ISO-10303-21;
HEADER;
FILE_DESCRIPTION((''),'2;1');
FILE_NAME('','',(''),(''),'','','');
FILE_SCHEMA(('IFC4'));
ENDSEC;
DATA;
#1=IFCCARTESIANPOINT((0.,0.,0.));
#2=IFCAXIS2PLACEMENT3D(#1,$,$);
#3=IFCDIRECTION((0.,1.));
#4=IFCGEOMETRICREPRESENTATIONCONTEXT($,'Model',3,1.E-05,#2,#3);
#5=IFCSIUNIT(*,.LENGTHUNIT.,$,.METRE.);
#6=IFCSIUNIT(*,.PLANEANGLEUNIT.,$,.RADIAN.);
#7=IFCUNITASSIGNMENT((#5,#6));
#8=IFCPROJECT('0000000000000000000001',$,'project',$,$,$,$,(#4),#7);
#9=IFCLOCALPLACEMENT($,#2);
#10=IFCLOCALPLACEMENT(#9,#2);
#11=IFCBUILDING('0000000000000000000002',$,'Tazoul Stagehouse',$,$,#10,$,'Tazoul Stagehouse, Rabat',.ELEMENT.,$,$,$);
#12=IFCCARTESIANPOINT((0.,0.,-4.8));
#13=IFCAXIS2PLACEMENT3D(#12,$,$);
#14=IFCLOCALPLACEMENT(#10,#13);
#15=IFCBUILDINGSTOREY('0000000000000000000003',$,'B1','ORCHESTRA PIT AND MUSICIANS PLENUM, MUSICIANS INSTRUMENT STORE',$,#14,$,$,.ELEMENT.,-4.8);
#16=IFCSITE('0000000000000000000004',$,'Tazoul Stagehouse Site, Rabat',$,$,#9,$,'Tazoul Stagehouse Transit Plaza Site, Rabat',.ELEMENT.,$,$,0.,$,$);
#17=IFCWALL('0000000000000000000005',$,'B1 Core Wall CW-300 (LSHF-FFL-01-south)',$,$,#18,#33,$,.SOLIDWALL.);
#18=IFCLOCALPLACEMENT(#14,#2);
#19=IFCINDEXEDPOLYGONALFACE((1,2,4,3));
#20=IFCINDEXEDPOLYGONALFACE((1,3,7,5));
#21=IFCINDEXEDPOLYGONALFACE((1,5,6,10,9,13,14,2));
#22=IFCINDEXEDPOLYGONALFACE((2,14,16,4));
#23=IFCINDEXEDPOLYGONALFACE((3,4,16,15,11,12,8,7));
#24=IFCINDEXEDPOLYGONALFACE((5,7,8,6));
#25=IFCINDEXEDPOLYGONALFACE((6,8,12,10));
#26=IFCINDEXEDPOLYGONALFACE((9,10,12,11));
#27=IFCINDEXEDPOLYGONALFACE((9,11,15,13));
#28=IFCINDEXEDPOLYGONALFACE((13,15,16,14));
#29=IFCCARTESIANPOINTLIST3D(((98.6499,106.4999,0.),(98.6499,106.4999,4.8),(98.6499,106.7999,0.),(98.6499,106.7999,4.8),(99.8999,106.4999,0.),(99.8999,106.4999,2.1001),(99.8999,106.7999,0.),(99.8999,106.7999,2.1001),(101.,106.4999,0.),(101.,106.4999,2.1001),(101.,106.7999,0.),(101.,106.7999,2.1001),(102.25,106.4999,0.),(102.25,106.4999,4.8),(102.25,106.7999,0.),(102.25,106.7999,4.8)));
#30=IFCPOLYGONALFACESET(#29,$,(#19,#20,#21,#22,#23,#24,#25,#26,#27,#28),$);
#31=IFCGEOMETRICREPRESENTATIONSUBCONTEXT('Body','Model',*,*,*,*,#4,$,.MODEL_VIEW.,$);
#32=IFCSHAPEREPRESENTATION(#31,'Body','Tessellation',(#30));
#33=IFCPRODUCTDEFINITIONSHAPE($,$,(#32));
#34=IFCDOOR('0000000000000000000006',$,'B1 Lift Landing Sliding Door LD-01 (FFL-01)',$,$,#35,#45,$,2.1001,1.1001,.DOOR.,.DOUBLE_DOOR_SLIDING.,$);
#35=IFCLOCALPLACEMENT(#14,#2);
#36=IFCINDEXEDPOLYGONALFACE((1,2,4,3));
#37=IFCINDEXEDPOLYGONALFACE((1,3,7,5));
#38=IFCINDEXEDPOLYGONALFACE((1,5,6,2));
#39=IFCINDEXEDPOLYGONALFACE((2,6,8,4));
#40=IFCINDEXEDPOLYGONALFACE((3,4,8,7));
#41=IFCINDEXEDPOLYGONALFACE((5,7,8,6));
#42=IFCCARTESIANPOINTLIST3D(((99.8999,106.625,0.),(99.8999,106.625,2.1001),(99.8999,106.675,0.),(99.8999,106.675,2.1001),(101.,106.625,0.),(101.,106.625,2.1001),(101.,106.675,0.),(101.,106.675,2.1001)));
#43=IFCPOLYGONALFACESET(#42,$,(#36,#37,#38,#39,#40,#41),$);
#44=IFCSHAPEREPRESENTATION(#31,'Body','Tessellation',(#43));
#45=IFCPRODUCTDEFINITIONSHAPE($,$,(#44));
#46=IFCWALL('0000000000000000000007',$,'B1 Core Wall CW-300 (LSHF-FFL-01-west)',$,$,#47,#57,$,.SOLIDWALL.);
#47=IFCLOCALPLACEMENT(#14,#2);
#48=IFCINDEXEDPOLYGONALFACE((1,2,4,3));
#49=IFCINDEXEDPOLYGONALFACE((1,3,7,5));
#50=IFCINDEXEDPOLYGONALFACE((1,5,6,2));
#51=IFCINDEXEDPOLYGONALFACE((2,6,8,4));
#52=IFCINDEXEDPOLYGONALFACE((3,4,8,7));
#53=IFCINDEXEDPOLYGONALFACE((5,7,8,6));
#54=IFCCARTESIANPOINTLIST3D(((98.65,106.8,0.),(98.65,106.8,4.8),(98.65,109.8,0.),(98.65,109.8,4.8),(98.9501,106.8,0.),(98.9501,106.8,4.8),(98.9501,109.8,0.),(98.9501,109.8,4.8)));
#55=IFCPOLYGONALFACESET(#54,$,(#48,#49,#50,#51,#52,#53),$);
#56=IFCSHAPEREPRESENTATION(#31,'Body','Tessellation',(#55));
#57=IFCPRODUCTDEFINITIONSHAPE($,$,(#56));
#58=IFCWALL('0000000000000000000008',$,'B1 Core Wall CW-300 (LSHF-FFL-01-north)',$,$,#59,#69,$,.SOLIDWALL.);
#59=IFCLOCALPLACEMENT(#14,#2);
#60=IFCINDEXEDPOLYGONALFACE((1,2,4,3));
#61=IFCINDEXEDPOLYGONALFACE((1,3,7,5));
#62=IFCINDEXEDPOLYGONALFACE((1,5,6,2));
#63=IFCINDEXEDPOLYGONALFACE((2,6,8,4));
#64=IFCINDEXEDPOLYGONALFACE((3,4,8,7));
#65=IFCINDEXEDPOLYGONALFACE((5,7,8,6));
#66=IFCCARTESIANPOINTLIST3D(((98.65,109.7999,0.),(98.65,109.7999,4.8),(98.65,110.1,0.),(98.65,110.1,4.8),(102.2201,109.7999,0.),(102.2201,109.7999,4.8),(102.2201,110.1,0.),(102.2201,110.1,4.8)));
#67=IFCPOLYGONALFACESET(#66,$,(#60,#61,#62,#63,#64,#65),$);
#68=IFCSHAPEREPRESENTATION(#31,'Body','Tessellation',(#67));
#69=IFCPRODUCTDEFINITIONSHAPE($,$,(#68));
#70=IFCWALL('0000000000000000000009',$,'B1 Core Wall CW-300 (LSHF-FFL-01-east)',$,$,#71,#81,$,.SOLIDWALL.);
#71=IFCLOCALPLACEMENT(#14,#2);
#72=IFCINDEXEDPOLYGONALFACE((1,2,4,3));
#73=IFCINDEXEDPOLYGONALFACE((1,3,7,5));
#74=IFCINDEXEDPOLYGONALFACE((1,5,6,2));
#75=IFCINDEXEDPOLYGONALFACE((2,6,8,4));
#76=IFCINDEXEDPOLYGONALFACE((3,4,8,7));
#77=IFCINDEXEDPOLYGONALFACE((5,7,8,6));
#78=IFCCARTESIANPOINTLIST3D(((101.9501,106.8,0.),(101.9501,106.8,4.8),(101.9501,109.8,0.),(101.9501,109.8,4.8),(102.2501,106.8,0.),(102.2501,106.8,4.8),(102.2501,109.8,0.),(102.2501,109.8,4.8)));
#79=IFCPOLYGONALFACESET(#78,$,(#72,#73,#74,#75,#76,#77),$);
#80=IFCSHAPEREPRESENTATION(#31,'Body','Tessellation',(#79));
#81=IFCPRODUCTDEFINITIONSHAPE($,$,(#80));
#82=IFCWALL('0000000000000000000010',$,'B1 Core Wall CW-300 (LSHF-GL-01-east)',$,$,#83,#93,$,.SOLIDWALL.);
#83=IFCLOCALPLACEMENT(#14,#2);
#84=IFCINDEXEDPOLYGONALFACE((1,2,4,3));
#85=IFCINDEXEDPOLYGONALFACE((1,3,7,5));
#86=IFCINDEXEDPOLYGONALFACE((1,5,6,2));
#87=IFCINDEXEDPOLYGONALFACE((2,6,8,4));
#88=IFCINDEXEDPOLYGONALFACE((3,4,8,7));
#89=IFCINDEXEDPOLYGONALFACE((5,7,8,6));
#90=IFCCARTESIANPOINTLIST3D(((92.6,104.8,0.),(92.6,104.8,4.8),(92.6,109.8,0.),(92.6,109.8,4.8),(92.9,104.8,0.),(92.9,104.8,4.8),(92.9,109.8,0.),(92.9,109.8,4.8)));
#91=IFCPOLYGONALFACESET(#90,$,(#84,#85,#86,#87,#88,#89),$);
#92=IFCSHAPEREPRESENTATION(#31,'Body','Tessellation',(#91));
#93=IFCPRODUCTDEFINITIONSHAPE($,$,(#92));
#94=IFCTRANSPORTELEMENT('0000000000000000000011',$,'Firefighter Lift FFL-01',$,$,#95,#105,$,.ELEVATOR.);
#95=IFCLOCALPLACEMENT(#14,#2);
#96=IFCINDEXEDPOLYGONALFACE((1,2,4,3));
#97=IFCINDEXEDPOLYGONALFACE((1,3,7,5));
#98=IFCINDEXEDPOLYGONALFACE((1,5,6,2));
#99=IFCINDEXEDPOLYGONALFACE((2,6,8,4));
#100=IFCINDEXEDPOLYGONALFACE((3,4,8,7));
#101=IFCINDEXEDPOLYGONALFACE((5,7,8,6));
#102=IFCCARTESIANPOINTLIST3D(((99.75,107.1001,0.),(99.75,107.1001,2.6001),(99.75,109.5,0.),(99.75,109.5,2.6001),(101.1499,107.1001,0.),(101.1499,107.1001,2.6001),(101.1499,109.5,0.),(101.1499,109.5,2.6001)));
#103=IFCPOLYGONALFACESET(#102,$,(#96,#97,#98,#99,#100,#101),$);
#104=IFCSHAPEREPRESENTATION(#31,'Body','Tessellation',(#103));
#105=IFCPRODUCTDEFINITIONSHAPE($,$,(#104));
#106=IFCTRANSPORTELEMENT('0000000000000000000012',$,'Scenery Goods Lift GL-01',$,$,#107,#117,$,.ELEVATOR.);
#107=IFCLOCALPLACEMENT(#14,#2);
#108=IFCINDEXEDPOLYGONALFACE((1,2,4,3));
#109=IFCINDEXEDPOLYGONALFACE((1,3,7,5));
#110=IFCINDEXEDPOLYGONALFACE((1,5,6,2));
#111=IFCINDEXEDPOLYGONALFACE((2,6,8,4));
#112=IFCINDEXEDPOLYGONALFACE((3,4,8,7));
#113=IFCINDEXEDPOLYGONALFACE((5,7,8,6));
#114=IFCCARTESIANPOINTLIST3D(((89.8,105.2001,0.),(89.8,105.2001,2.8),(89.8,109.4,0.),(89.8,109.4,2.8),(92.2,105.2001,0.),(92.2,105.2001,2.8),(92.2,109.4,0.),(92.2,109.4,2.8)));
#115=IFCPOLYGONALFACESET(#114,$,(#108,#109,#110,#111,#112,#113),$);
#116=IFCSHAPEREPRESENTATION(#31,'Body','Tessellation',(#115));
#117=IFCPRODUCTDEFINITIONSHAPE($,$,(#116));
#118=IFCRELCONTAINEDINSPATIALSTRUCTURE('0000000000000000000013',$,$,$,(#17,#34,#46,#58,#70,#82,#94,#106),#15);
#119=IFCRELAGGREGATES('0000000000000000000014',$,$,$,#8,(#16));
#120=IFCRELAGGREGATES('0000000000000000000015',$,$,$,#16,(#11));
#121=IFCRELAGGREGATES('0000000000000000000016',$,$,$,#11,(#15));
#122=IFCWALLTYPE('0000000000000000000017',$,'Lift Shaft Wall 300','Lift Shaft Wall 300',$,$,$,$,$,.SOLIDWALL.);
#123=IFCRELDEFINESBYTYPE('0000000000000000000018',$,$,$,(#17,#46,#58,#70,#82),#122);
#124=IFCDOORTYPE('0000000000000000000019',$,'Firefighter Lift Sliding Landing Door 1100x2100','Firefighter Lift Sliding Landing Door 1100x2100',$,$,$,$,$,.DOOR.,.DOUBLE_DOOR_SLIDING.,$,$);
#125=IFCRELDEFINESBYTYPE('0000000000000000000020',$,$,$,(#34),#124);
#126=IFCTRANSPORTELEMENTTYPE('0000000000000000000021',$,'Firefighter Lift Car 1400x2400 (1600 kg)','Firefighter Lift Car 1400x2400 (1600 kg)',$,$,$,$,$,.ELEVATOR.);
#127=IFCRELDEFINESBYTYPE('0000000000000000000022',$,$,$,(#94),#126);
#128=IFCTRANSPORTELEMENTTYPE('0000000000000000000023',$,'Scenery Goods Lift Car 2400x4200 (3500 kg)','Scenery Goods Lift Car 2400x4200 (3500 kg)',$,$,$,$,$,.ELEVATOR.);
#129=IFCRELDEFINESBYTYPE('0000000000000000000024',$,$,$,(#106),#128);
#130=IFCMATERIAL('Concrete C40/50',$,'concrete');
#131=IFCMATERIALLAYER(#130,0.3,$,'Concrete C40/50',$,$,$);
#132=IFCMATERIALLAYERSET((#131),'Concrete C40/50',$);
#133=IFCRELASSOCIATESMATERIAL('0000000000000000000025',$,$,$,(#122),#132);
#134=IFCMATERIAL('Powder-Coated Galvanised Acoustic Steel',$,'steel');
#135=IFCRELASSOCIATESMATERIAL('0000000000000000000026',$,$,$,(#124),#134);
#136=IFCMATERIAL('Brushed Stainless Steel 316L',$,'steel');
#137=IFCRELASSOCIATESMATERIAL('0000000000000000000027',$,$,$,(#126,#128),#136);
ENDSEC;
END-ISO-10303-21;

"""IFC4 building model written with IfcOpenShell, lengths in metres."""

from ifc_helpers import new_model, si_unit, direction, frame, frame_2d, origin, origin_2d, place, context, subcontext, project, spatial, rectangle, extrude, material, layer, layer_set, type_object, element, fill, save


model = new_model("IFC4")

# Units and contexts
model_context = context("Model", 3, precision=1e-05, world=origin(), true_north=direction((0.0, 1.0)))
body_context = subcontext(model_context, "Body", "Model", "MODEL_VIEW")
ifc_project = project(units=[si_unit("LENGTHUNIT", "METRE"), si_unit("PLANEANGLEUNIT", "RADIAN")], contexts=[model_context])

# Site, building, storey
site_placement = place(None, origin())
site = spatial("IfcSite", under=ifc_project, at=site_placement, Name="Tazoul Stagehouse Site, Rabat", LongName="Tazoul Stagehouse Transit Plaza Site, Rabat", CompositionType="ELEMENT", RefElevation=0.0)
building_placement = place(site_placement, origin())
building = spatial("IfcBuilding", under=site, at=building_placement, Name="Tazoul Stagehouse", LongName="Tazoul Stagehouse, Rabat", CompositionType="ELEMENT")
storey_placement = place(building_placement, frame((0.0, 0.0, -4.8)))
storey = spatial("IfcBuildingStorey", under=building, at=storey_placement, Name="B1", Description="ORCHESTRA PIT AND MUSICIANS PLENUM, MUSICIANS INSTRUMENT STORE", CompositionType="ELEMENT", Elevation=-4.8)

# Shared definitions
ifc_material_1 = material(Name="Concrete C40/50", Category="concrete")

# Wall, opening, door
ifc_layer_1 = layer(ifc_material_1, 0.3, Name="Concrete C40/50")
ifc_layer_set_1 = layer_set([ifc_layer_1], Name="Concrete C40/50")
wall_type_1 = type_object("IfcWallType", Name="Lift Shaft Wall 300", Description="Lift Shaft Wall 300", PredefinedType="SOLIDWALL", material=ifc_layer_set_1)
wall_1_placement = place(storey_placement, frame((102.25, 106.6499, 0.0), z_axis=(0.0, 0.0, 1.0), x_axis=(-1.0, 0.0, 0.0)))
wall_1 = element("IfcWall", 1, at=wall_1_placement, inside=storey, type_object=wall_type_1, Name="B1 Core Wall CW-300 (LSHF-FFL-01-south)", PredefinedType="SOLIDWALL", context=body_context, shape_type="SweptSolid", body=[
    extrude(rectangle(XDim=3.6001, YDim=0.3, at=frame_2d((1.8, 0.0))), origin(), (0.0, 0.0, 1.0), 4.8),
])
opening_1_placement = place(wall_1_placement, frame((1.25, 0.0, 0.0)))
opening_1 = element("IfcOpeningElement", 2, at=opening_1_placement, cuts=wall_1, PredefinedType="OPENING", context=body_context, shape_type="SweptSolid", body=[
    extrude(rectangle(XDim=1.1001, YDim=2.1001, at=frame_2d((0.55, 1.05))), frame((0.0, 0.1699, 0.0), z_axis=(0.0, -1.0, 0.0), x_axis=(1.0, 0.0, 0.0)), (0.0, 0.0, 1.0), 0.3401),
])
ifc_material_2 = material(Name="Powder-Coated Galvanised Acoustic Steel", Category="steel")
door_type_1 = type_object("IfcDoorType", Name="Firefighter Lift Sliding Landing Door 1100x2100", Description="Firefighter Lift Sliding Landing Door 1100x2100", OperationType="DOUBLE_DOOR_SLIDING", PredefinedType="DOOR", material=ifc_material_2)
door_1_placement = place(opening_1_placement, origin())
door_1 = element("IfcDoor", 3, at=door_1_placement, inside=storey, type_object=door_type_1, Name="B1 Lift Landing Sliding Door LD-01 (FFL-01)", OperationType="DOUBLE_DOOR_SLIDING", OverallHeight=2.1001, OverallWidth=1.1001, PredefinedType="DOOR", context=body_context, shape_type="SweptSolid", body=[
    extrude(rectangle(XDim=1.1001, YDim=2.1001, at=frame_2d((0.55, 1.05))), frame((0.0, 0.0249, 0.0), z_axis=(0.0, -1.0, 0.0), x_axis=(1.0, 0.0, 0.0)), (0.0, 0.0, 1.0), 0.05),
])
fill(opening_1, door_1)

# Walls
wall_2_placement = place(storey_placement, frame((98.8, 106.8, 0.0), z_axis=(0.0, 0.0, 1.0), x_axis=(0.0, 1.0, 0.0)))
element("IfcWall", 4, at=wall_2_placement, inside=storey, type_object=wall_type_1, Name="B1 Core Wall CW-300 (LSHF-FFL-01-west)", PredefinedType="SOLIDWALL", context=body_context, shape_type="SweptSolid", body=[
    extrude(rectangle(XDim=3.0, YDim=0.3, at=frame_2d((1.5, 0.0))), origin(), (0.0, 0.0, 1.0), 4.8),
])
wall_3_placement = place(storey_placement, frame((98.6499, 109.95, 0.0), z_axis=(0.0, 0.0, 1.0), x_axis=(1.0, 0.0, 0.0)))
element("IfcWall", 5, at=wall_3_placement, inside=storey, type_object=wall_type_1, Name="B1 Core Wall CW-300 (LSHF-FFL-01-north)", PredefinedType="SOLIDWALL", context=body_context, shape_type="SweptSolid", body=[
    extrude(rectangle(XDim=3.5701, YDim=0.3, at=frame_2d((1.7852, 0.0))), origin(), (0.0, 0.0, 1.0), 4.8),
])
wall_4_placement = place(storey_placement, frame((102.1001, 109.8, 0.0), z_axis=(0.0, 0.0, 1.0), x_axis=(0.0, -1.0, 0.0)))
element("IfcWall", 6, at=wall_4_placement, inside=storey, type_object=wall_type_1, Name="B1 Core Wall CW-300 (LSHF-FFL-01-east)", PredefinedType="SOLIDWALL", context=body_context, shape_type="SweptSolid", body=[
    extrude(rectangle(XDim=3.0, YDim=0.3, at=frame_2d((1.5, 0.0))), origin(), (0.0, 0.0, 1.0), 4.8),
])

# Wall
wall_5_placement = place(storey_placement, frame((92.75, 109.8, 0.0), z_axis=(0.0, 0.0, 1.0), x_axis=(0.0, -1.0, 0.0)))
element("IfcWall", 7, at=wall_5_placement, inside=storey, type_object=wall_type_1, Name="B1 Core Wall CW-300 (LSHF-GL-01-east)", PredefinedType="SOLIDWALL", context=body_context, shape_type="SweptSolid", body=[
    extrude(rectangle(XDim=5.0, YDim=0.3, at=frame_2d((2.5, 0.0))), origin(), (0.0, 0.0, 1.0), 4.8),
])

# Transport elements
ifc_material_3 = material(Name="Brushed Stainless Steel 316L", Category="steel")
transport_element_type_1 = type_object("IfcTransportElementType", Name="Firefighter Lift Car 1400x2400 (1600 kg)", Description="Firefighter Lift Car 1400x2400 (1600 kg)", PredefinedType="ELEVATOR", material=ifc_material_3)
transport_element_1_placement = place(storey_placement, frame((100.45, 108.3, 0.0), z_axis=(0.0, 0.0, 1.0), x_axis=(1.0, 0.0, 0.0)))
element("IfcTransportElement", 8, at=transport_element_1_placement, inside=storey, type_object=transport_element_type_1, Name="Firefighter Lift FFL-01", PredefinedType="ELEVATOR", context=body_context, shape_type="SweptSolid", body=[
    extrude(rectangle(XDim=1.3999, YDim=2.3999, at=origin_2d()), origin(), (0.0, 0.0, 1.0), 2.6001),
])
transport_element_type_2 = type_object("IfcTransportElementType", Name="Scenery Goods Lift Car 2400x4200 (3500 kg)", Description="Scenery Goods Lift Car 2400x4200 (3500 kg)", PredefinedType="ELEVATOR", material=ifc_material_3)
transport_element_2_placement = place(storey_placement, frame((91.0, 107.3, 0.0), z_axis=(0.0, 0.0, 1.0), x_axis=(1.0, 0.0, 0.0)))
element("IfcTransportElement", 9, at=transport_element_2_placement, inside=storey, type_object=transport_element_type_2, Name="Scenery Goods Lift GL-01", PredefinedType="ELEVATOR", context=body_context, shape_type="SweptSolid", body=[
    extrude(rectangle(XDim=2.3999, YDim=4.2, at=origin_2d()), origin(), (0.0, 0.0, 1.0), 2.8),
])

save(model, "model.ifc")
